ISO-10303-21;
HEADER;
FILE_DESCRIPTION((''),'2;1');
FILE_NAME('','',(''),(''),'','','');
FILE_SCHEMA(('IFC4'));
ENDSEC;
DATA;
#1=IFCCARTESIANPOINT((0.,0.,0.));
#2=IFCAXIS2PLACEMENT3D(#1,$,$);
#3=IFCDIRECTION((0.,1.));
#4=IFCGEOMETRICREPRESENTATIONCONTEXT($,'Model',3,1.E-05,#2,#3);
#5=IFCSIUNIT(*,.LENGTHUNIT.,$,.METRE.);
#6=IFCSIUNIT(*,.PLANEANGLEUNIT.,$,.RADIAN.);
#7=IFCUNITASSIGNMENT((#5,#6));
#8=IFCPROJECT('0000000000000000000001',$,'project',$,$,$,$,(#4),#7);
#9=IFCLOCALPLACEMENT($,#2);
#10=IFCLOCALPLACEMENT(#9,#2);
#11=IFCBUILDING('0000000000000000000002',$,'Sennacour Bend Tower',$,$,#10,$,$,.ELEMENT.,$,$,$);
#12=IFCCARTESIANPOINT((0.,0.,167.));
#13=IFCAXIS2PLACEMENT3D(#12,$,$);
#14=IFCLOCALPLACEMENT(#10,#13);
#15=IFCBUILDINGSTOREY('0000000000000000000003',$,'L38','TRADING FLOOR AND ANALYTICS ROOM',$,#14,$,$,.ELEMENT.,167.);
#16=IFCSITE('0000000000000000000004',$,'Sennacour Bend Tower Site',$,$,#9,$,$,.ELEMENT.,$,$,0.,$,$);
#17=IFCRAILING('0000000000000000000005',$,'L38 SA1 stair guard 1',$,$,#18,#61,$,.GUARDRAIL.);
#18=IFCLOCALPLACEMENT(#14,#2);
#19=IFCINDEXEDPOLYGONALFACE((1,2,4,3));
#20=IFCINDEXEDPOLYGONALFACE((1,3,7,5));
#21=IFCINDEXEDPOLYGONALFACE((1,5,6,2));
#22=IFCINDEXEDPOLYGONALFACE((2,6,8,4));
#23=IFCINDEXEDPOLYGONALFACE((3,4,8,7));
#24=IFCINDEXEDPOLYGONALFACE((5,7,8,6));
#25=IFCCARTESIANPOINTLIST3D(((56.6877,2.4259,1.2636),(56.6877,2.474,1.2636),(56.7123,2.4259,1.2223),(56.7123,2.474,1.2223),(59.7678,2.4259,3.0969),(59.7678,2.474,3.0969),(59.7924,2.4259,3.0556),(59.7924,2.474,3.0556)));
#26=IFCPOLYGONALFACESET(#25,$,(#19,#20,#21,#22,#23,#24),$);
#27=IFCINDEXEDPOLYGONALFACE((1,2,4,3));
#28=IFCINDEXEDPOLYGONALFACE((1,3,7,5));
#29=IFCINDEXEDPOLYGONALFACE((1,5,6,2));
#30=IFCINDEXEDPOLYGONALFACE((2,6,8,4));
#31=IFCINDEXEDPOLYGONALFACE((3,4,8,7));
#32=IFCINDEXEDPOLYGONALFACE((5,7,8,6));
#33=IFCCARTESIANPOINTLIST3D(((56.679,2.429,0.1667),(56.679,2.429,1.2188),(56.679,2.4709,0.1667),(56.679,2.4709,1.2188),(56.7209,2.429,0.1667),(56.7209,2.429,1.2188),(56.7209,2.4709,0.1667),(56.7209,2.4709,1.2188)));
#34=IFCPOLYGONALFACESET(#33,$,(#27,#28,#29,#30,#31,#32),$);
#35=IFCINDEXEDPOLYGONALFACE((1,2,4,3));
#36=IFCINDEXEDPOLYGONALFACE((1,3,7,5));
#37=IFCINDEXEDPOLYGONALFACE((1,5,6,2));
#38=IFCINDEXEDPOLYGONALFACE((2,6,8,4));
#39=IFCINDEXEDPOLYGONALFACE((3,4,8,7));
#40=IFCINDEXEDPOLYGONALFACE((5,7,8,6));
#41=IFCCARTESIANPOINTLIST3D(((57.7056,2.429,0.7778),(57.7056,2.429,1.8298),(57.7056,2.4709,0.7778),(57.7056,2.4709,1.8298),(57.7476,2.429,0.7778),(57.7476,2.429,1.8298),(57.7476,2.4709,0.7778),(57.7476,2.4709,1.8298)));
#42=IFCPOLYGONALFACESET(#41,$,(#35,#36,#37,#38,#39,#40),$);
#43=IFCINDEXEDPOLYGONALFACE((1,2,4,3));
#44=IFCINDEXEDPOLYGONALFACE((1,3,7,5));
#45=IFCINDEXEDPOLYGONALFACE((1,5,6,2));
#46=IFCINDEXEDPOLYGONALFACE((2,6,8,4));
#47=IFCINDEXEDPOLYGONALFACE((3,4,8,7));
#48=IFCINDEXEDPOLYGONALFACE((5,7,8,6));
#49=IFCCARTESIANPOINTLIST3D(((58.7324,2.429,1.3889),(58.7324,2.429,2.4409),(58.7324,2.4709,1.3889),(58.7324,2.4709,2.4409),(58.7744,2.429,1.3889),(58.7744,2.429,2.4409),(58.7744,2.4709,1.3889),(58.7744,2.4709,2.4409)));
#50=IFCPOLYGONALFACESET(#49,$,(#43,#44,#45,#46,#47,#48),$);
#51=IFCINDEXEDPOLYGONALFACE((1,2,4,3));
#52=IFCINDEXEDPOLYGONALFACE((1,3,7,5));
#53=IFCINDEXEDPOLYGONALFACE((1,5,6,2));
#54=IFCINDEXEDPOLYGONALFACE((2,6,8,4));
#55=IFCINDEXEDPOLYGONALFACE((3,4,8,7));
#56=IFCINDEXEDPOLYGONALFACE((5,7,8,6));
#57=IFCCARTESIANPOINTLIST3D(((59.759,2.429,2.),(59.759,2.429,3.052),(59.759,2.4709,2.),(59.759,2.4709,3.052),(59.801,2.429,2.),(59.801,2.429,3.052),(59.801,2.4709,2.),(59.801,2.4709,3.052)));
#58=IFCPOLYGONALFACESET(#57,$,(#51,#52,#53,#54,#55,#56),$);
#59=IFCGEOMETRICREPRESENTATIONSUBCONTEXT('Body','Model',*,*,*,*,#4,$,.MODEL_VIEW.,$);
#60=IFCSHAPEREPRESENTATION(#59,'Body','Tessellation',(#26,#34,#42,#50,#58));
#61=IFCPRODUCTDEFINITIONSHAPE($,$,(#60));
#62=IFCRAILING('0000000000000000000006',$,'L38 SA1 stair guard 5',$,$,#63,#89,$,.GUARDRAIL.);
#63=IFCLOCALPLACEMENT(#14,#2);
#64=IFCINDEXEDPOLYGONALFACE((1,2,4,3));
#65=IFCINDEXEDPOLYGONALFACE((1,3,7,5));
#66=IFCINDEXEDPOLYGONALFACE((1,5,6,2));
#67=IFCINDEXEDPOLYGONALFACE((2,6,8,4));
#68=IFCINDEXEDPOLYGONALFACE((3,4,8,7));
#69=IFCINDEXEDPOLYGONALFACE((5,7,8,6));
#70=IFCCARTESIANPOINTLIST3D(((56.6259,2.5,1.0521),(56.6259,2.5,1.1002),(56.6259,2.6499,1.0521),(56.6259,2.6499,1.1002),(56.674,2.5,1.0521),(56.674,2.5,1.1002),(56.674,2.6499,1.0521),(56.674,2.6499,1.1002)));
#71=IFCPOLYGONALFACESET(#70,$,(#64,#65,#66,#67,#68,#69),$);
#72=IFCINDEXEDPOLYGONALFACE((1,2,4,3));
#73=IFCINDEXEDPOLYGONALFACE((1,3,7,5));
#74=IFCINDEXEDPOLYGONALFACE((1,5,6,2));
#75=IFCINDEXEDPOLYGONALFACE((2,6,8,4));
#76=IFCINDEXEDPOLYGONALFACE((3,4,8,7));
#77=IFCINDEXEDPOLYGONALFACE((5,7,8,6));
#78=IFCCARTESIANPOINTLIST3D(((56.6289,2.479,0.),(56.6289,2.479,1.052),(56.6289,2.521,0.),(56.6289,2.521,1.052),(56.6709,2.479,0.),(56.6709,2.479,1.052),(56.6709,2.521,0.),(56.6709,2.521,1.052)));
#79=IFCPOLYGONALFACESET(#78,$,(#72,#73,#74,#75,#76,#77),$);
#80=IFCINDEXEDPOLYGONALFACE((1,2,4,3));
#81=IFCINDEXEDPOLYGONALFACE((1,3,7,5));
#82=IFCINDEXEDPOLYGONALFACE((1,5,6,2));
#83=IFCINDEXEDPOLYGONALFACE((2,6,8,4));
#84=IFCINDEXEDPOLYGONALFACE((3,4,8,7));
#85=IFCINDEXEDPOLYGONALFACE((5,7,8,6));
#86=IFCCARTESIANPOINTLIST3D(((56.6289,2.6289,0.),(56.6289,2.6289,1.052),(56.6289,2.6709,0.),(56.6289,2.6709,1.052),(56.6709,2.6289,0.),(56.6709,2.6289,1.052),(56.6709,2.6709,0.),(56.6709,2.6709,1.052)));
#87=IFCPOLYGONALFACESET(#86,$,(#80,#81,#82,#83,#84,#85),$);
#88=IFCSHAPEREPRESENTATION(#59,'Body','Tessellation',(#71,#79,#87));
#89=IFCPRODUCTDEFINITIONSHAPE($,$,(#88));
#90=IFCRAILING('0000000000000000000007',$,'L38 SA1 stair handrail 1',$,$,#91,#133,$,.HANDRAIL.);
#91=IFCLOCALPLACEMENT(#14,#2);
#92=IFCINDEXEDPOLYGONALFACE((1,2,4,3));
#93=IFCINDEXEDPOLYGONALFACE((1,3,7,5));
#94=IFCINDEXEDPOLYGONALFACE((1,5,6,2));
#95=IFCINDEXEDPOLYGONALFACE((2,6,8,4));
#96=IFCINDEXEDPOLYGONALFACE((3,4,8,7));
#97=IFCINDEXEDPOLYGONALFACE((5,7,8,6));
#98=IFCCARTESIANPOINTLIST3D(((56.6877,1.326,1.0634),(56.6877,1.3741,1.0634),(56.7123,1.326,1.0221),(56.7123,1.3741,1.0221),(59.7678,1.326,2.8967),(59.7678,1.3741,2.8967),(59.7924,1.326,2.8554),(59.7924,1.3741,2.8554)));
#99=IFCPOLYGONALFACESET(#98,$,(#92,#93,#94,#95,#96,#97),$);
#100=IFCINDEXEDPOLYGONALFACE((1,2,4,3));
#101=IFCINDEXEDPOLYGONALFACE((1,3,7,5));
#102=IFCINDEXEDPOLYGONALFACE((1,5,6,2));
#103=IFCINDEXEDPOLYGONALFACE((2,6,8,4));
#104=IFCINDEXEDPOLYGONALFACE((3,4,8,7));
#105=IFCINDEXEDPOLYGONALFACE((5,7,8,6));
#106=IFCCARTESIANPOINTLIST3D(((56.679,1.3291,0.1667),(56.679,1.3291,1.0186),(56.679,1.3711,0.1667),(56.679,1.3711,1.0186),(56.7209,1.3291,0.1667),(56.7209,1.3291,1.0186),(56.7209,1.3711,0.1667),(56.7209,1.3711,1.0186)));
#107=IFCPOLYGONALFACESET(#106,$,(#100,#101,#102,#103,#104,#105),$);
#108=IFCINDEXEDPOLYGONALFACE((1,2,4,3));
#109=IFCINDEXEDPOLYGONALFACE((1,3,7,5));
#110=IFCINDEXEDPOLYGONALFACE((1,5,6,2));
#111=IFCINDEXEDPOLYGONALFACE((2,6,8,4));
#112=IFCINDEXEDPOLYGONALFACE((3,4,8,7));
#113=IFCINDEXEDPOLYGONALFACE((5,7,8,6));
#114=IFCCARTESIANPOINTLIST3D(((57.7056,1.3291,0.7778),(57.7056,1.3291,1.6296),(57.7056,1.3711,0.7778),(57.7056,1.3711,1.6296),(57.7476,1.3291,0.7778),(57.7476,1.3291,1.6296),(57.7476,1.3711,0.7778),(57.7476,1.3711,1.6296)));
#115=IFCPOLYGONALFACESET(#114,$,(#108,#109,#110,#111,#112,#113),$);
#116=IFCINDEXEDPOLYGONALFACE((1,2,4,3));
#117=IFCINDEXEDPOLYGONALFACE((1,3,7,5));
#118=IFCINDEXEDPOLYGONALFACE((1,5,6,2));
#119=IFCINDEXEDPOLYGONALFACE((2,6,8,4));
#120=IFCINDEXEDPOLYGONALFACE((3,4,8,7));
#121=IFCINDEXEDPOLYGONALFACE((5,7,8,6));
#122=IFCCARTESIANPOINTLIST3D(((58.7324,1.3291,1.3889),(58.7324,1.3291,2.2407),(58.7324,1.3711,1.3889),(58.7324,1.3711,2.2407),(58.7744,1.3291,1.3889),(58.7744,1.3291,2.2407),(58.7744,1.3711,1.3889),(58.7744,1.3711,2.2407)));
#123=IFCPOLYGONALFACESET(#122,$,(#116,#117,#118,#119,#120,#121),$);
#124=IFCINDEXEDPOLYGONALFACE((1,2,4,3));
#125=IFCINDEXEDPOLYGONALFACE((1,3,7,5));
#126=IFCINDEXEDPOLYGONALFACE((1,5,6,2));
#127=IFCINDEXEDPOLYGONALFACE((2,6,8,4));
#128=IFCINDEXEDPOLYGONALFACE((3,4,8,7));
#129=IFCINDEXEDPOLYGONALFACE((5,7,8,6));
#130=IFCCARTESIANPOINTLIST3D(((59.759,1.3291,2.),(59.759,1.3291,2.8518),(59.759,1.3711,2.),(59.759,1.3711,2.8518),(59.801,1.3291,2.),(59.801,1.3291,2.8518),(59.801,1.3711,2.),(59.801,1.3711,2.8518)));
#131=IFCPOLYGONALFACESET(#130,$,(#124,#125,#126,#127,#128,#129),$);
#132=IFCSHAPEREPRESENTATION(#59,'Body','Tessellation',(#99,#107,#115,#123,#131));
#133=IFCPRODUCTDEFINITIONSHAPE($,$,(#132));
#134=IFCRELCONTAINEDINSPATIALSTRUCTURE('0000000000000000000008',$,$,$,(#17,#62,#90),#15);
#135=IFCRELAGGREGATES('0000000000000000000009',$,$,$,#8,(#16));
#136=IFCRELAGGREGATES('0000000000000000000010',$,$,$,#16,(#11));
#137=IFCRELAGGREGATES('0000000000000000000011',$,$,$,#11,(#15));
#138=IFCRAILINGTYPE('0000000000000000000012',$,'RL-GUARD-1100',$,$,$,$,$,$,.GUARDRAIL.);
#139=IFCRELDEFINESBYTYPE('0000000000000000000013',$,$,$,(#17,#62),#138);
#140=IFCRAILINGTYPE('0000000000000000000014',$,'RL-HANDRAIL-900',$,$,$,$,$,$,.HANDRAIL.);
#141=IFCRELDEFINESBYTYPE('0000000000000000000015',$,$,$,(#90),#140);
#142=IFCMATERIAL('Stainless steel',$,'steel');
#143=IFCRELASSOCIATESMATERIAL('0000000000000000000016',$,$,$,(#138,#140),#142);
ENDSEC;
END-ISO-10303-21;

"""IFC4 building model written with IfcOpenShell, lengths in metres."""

from ifc_helpers import new_model, si_unit, direction, frame, origin, origin_2d, place, context, subcontext, project, spatial, rectangle, extrude, material, type_object, element, save


model = new_model("IFC4")

# Units and contexts
model_context = context("Model", 3, precision=1e-05, world=origin(), true_north=direction((0.0, 1.0)))
body_context = subcontext(model_context, "Body", "Model", "MODEL_VIEW")
ifc_project = project(units=[si_unit("LENGTHUNIT", "METRE"), si_unit("PLANEANGLEUNIT", "RADIAN")], contexts=[model_context])

# Site, building, storey
site_placement = place(None, origin())
site = spatial("IfcSite", under=ifc_project, at=site_placement, Name="Sennacour Bend Tower Site", CompositionType="ELEMENT", RefElevation=0.0)
building_placement = place(site_placement, origin())
building = spatial("IfcBuilding", under=site, at=building_placement, Name="Sennacour Bend Tower", CompositionType="ELEMENT")
storey_placement = place(building_placement, frame((0.0, 0.0, 167.0)))
storey = spatial("IfcBuildingStorey", under=building, at=storey_placement, Name="L38", Description="TRADING FLOOR AND ANALYTICS ROOM", CompositionType="ELEMENT", Elevation=167.0)

# Shared definitions
ifc_material_1 = material(Name="Stainless steel", Category="steel")

# Railings
railing_type_1 = type_object("IfcRailingType", Name="RL-GUARD-1100", PredefinedType="GUARDRAIL", material=ifc_material_1)
railing_1_placement = place(storey_placement, frame((56.7, 2.45, 0.1667)))
element("IfcRailing", 1, at=railing_1_placement, inside=storey, type_object=railing_type_1, Name="L38 SA1 stair guard 1", PredefinedType="GUARDRAIL", context=body_context, shape_type="SweptSolid", body=[
    extrude(rectangle(XDim=0.0481, YDim=0.0481, at=origin_2d()), frame((0.0, 0.0, 1.0762), z_axis=(0.859309, 0.0, 0.511458), x_axis=(0.0, 1.0, 0.0)), (0.0, 0.0, 1.0), 3.5845),
    extrude(rectangle(XDim=0.042, YDim=0.042, at=origin_2d()), origin(), (0.0, 0.0, 1.0), 1.052),
    extrude(rectangle(XDim=0.042, YDim=0.042, at=origin_2d()), frame((1.0266, 0.0, 0.6111)), (0.0, 0.0, 1.0), 1.052),
    extrude(rectangle(XDim=0.042, YDim=0.042, at=origin_2d()), frame((2.0535, 0.0, 1.2222)), (0.0, 0.0, 1.0), 1.052),
    extrude(rectangle(XDim=0.042, YDim=0.042, at=origin_2d()), frame((3.0801, 0.0, 1.8333)), (0.0, 0.0, 1.0), 1.052),
])
railing_2_placement = place(storey_placement, frame((56.6499, 2.5, 0.0)))
element("IfcRailing", 2, at=railing_2_placement, inside=storey, type_object=railing_type_1, Name="L38 SA1 stair guard 5", PredefinedType="GUARDRAIL", context=body_context, shape_type="SweptSolid", body=[
    extrude(rectangle(XDim=0.0481, YDim=0.0481, at=origin_2d()), frame((0.0, 0.0, 1.0762), z_axis=(0.0, 1.0, 0.0), x_axis=(-1.0, 0.0, 0.0)), (0.0, 0.0, 1.0), 0.1499),
    extrude(rectangle(XDim=0.042, YDim=0.042, at=origin_2d()), origin(), (0.0, 0.0, 1.0), 1.052),
    extrude(rectangle(XDim=0.042, YDim=0.042, at=origin_2d()), frame((0.0, 0.1499, 0.0)), (0.0, 0.0, 1.0), 1.052),
])
railing_type_2 = type_object("IfcRailingType", Name="RL-HANDRAIL-900", PredefinedType="HANDRAIL", material=ifc_material_1)
railing_3_placement = place(storey_placement, frame((56.7, 1.3501, 0.1667)))
element("IfcRailing", 3, at=railing_3_placement, inside=storey, type_object=railing_type_2, Name="L38 SA1 stair handrail 1", PredefinedType="HANDRAIL", context=body_context, shape_type="SweptSolid", body=[
    extrude(rectangle(XDim=0.0481, YDim=0.0481, at=origin_2d()), frame((0.0, 0.0, 0.876), z_axis=(0.859309, 0.0, 0.511458), x_axis=(0.0, 1.0, 0.0)), (0.0, 0.0, 1.0), 3.5845),
    extrude(rectangle(XDim=0.042, YDim=0.042, at=origin_2d()), origin(), (0.0, 0.0, 1.0), 0.8518),
    extrude(rectangle(XDim=0.042, YDim=0.042, at=origin_2d()), frame((1.0266, 0.0, 0.6111)), (0.0, 0.0, 1.0), 0.8518),
    extrude(rectangle(XDim=0.042, YDim=0.042, at=origin_2d()), frame((2.0535, 0.0, 1.2222)), (0.0, 0.0, 1.0), 0.8518),
    extrude(rectangle(XDim=0.042, YDim=0.042, at=origin_2d()), frame((3.0801, 0.0, 1.8333)), (0.0, 0.0, 1.0), 0.8518),
])

save(model, "model.ifc")
